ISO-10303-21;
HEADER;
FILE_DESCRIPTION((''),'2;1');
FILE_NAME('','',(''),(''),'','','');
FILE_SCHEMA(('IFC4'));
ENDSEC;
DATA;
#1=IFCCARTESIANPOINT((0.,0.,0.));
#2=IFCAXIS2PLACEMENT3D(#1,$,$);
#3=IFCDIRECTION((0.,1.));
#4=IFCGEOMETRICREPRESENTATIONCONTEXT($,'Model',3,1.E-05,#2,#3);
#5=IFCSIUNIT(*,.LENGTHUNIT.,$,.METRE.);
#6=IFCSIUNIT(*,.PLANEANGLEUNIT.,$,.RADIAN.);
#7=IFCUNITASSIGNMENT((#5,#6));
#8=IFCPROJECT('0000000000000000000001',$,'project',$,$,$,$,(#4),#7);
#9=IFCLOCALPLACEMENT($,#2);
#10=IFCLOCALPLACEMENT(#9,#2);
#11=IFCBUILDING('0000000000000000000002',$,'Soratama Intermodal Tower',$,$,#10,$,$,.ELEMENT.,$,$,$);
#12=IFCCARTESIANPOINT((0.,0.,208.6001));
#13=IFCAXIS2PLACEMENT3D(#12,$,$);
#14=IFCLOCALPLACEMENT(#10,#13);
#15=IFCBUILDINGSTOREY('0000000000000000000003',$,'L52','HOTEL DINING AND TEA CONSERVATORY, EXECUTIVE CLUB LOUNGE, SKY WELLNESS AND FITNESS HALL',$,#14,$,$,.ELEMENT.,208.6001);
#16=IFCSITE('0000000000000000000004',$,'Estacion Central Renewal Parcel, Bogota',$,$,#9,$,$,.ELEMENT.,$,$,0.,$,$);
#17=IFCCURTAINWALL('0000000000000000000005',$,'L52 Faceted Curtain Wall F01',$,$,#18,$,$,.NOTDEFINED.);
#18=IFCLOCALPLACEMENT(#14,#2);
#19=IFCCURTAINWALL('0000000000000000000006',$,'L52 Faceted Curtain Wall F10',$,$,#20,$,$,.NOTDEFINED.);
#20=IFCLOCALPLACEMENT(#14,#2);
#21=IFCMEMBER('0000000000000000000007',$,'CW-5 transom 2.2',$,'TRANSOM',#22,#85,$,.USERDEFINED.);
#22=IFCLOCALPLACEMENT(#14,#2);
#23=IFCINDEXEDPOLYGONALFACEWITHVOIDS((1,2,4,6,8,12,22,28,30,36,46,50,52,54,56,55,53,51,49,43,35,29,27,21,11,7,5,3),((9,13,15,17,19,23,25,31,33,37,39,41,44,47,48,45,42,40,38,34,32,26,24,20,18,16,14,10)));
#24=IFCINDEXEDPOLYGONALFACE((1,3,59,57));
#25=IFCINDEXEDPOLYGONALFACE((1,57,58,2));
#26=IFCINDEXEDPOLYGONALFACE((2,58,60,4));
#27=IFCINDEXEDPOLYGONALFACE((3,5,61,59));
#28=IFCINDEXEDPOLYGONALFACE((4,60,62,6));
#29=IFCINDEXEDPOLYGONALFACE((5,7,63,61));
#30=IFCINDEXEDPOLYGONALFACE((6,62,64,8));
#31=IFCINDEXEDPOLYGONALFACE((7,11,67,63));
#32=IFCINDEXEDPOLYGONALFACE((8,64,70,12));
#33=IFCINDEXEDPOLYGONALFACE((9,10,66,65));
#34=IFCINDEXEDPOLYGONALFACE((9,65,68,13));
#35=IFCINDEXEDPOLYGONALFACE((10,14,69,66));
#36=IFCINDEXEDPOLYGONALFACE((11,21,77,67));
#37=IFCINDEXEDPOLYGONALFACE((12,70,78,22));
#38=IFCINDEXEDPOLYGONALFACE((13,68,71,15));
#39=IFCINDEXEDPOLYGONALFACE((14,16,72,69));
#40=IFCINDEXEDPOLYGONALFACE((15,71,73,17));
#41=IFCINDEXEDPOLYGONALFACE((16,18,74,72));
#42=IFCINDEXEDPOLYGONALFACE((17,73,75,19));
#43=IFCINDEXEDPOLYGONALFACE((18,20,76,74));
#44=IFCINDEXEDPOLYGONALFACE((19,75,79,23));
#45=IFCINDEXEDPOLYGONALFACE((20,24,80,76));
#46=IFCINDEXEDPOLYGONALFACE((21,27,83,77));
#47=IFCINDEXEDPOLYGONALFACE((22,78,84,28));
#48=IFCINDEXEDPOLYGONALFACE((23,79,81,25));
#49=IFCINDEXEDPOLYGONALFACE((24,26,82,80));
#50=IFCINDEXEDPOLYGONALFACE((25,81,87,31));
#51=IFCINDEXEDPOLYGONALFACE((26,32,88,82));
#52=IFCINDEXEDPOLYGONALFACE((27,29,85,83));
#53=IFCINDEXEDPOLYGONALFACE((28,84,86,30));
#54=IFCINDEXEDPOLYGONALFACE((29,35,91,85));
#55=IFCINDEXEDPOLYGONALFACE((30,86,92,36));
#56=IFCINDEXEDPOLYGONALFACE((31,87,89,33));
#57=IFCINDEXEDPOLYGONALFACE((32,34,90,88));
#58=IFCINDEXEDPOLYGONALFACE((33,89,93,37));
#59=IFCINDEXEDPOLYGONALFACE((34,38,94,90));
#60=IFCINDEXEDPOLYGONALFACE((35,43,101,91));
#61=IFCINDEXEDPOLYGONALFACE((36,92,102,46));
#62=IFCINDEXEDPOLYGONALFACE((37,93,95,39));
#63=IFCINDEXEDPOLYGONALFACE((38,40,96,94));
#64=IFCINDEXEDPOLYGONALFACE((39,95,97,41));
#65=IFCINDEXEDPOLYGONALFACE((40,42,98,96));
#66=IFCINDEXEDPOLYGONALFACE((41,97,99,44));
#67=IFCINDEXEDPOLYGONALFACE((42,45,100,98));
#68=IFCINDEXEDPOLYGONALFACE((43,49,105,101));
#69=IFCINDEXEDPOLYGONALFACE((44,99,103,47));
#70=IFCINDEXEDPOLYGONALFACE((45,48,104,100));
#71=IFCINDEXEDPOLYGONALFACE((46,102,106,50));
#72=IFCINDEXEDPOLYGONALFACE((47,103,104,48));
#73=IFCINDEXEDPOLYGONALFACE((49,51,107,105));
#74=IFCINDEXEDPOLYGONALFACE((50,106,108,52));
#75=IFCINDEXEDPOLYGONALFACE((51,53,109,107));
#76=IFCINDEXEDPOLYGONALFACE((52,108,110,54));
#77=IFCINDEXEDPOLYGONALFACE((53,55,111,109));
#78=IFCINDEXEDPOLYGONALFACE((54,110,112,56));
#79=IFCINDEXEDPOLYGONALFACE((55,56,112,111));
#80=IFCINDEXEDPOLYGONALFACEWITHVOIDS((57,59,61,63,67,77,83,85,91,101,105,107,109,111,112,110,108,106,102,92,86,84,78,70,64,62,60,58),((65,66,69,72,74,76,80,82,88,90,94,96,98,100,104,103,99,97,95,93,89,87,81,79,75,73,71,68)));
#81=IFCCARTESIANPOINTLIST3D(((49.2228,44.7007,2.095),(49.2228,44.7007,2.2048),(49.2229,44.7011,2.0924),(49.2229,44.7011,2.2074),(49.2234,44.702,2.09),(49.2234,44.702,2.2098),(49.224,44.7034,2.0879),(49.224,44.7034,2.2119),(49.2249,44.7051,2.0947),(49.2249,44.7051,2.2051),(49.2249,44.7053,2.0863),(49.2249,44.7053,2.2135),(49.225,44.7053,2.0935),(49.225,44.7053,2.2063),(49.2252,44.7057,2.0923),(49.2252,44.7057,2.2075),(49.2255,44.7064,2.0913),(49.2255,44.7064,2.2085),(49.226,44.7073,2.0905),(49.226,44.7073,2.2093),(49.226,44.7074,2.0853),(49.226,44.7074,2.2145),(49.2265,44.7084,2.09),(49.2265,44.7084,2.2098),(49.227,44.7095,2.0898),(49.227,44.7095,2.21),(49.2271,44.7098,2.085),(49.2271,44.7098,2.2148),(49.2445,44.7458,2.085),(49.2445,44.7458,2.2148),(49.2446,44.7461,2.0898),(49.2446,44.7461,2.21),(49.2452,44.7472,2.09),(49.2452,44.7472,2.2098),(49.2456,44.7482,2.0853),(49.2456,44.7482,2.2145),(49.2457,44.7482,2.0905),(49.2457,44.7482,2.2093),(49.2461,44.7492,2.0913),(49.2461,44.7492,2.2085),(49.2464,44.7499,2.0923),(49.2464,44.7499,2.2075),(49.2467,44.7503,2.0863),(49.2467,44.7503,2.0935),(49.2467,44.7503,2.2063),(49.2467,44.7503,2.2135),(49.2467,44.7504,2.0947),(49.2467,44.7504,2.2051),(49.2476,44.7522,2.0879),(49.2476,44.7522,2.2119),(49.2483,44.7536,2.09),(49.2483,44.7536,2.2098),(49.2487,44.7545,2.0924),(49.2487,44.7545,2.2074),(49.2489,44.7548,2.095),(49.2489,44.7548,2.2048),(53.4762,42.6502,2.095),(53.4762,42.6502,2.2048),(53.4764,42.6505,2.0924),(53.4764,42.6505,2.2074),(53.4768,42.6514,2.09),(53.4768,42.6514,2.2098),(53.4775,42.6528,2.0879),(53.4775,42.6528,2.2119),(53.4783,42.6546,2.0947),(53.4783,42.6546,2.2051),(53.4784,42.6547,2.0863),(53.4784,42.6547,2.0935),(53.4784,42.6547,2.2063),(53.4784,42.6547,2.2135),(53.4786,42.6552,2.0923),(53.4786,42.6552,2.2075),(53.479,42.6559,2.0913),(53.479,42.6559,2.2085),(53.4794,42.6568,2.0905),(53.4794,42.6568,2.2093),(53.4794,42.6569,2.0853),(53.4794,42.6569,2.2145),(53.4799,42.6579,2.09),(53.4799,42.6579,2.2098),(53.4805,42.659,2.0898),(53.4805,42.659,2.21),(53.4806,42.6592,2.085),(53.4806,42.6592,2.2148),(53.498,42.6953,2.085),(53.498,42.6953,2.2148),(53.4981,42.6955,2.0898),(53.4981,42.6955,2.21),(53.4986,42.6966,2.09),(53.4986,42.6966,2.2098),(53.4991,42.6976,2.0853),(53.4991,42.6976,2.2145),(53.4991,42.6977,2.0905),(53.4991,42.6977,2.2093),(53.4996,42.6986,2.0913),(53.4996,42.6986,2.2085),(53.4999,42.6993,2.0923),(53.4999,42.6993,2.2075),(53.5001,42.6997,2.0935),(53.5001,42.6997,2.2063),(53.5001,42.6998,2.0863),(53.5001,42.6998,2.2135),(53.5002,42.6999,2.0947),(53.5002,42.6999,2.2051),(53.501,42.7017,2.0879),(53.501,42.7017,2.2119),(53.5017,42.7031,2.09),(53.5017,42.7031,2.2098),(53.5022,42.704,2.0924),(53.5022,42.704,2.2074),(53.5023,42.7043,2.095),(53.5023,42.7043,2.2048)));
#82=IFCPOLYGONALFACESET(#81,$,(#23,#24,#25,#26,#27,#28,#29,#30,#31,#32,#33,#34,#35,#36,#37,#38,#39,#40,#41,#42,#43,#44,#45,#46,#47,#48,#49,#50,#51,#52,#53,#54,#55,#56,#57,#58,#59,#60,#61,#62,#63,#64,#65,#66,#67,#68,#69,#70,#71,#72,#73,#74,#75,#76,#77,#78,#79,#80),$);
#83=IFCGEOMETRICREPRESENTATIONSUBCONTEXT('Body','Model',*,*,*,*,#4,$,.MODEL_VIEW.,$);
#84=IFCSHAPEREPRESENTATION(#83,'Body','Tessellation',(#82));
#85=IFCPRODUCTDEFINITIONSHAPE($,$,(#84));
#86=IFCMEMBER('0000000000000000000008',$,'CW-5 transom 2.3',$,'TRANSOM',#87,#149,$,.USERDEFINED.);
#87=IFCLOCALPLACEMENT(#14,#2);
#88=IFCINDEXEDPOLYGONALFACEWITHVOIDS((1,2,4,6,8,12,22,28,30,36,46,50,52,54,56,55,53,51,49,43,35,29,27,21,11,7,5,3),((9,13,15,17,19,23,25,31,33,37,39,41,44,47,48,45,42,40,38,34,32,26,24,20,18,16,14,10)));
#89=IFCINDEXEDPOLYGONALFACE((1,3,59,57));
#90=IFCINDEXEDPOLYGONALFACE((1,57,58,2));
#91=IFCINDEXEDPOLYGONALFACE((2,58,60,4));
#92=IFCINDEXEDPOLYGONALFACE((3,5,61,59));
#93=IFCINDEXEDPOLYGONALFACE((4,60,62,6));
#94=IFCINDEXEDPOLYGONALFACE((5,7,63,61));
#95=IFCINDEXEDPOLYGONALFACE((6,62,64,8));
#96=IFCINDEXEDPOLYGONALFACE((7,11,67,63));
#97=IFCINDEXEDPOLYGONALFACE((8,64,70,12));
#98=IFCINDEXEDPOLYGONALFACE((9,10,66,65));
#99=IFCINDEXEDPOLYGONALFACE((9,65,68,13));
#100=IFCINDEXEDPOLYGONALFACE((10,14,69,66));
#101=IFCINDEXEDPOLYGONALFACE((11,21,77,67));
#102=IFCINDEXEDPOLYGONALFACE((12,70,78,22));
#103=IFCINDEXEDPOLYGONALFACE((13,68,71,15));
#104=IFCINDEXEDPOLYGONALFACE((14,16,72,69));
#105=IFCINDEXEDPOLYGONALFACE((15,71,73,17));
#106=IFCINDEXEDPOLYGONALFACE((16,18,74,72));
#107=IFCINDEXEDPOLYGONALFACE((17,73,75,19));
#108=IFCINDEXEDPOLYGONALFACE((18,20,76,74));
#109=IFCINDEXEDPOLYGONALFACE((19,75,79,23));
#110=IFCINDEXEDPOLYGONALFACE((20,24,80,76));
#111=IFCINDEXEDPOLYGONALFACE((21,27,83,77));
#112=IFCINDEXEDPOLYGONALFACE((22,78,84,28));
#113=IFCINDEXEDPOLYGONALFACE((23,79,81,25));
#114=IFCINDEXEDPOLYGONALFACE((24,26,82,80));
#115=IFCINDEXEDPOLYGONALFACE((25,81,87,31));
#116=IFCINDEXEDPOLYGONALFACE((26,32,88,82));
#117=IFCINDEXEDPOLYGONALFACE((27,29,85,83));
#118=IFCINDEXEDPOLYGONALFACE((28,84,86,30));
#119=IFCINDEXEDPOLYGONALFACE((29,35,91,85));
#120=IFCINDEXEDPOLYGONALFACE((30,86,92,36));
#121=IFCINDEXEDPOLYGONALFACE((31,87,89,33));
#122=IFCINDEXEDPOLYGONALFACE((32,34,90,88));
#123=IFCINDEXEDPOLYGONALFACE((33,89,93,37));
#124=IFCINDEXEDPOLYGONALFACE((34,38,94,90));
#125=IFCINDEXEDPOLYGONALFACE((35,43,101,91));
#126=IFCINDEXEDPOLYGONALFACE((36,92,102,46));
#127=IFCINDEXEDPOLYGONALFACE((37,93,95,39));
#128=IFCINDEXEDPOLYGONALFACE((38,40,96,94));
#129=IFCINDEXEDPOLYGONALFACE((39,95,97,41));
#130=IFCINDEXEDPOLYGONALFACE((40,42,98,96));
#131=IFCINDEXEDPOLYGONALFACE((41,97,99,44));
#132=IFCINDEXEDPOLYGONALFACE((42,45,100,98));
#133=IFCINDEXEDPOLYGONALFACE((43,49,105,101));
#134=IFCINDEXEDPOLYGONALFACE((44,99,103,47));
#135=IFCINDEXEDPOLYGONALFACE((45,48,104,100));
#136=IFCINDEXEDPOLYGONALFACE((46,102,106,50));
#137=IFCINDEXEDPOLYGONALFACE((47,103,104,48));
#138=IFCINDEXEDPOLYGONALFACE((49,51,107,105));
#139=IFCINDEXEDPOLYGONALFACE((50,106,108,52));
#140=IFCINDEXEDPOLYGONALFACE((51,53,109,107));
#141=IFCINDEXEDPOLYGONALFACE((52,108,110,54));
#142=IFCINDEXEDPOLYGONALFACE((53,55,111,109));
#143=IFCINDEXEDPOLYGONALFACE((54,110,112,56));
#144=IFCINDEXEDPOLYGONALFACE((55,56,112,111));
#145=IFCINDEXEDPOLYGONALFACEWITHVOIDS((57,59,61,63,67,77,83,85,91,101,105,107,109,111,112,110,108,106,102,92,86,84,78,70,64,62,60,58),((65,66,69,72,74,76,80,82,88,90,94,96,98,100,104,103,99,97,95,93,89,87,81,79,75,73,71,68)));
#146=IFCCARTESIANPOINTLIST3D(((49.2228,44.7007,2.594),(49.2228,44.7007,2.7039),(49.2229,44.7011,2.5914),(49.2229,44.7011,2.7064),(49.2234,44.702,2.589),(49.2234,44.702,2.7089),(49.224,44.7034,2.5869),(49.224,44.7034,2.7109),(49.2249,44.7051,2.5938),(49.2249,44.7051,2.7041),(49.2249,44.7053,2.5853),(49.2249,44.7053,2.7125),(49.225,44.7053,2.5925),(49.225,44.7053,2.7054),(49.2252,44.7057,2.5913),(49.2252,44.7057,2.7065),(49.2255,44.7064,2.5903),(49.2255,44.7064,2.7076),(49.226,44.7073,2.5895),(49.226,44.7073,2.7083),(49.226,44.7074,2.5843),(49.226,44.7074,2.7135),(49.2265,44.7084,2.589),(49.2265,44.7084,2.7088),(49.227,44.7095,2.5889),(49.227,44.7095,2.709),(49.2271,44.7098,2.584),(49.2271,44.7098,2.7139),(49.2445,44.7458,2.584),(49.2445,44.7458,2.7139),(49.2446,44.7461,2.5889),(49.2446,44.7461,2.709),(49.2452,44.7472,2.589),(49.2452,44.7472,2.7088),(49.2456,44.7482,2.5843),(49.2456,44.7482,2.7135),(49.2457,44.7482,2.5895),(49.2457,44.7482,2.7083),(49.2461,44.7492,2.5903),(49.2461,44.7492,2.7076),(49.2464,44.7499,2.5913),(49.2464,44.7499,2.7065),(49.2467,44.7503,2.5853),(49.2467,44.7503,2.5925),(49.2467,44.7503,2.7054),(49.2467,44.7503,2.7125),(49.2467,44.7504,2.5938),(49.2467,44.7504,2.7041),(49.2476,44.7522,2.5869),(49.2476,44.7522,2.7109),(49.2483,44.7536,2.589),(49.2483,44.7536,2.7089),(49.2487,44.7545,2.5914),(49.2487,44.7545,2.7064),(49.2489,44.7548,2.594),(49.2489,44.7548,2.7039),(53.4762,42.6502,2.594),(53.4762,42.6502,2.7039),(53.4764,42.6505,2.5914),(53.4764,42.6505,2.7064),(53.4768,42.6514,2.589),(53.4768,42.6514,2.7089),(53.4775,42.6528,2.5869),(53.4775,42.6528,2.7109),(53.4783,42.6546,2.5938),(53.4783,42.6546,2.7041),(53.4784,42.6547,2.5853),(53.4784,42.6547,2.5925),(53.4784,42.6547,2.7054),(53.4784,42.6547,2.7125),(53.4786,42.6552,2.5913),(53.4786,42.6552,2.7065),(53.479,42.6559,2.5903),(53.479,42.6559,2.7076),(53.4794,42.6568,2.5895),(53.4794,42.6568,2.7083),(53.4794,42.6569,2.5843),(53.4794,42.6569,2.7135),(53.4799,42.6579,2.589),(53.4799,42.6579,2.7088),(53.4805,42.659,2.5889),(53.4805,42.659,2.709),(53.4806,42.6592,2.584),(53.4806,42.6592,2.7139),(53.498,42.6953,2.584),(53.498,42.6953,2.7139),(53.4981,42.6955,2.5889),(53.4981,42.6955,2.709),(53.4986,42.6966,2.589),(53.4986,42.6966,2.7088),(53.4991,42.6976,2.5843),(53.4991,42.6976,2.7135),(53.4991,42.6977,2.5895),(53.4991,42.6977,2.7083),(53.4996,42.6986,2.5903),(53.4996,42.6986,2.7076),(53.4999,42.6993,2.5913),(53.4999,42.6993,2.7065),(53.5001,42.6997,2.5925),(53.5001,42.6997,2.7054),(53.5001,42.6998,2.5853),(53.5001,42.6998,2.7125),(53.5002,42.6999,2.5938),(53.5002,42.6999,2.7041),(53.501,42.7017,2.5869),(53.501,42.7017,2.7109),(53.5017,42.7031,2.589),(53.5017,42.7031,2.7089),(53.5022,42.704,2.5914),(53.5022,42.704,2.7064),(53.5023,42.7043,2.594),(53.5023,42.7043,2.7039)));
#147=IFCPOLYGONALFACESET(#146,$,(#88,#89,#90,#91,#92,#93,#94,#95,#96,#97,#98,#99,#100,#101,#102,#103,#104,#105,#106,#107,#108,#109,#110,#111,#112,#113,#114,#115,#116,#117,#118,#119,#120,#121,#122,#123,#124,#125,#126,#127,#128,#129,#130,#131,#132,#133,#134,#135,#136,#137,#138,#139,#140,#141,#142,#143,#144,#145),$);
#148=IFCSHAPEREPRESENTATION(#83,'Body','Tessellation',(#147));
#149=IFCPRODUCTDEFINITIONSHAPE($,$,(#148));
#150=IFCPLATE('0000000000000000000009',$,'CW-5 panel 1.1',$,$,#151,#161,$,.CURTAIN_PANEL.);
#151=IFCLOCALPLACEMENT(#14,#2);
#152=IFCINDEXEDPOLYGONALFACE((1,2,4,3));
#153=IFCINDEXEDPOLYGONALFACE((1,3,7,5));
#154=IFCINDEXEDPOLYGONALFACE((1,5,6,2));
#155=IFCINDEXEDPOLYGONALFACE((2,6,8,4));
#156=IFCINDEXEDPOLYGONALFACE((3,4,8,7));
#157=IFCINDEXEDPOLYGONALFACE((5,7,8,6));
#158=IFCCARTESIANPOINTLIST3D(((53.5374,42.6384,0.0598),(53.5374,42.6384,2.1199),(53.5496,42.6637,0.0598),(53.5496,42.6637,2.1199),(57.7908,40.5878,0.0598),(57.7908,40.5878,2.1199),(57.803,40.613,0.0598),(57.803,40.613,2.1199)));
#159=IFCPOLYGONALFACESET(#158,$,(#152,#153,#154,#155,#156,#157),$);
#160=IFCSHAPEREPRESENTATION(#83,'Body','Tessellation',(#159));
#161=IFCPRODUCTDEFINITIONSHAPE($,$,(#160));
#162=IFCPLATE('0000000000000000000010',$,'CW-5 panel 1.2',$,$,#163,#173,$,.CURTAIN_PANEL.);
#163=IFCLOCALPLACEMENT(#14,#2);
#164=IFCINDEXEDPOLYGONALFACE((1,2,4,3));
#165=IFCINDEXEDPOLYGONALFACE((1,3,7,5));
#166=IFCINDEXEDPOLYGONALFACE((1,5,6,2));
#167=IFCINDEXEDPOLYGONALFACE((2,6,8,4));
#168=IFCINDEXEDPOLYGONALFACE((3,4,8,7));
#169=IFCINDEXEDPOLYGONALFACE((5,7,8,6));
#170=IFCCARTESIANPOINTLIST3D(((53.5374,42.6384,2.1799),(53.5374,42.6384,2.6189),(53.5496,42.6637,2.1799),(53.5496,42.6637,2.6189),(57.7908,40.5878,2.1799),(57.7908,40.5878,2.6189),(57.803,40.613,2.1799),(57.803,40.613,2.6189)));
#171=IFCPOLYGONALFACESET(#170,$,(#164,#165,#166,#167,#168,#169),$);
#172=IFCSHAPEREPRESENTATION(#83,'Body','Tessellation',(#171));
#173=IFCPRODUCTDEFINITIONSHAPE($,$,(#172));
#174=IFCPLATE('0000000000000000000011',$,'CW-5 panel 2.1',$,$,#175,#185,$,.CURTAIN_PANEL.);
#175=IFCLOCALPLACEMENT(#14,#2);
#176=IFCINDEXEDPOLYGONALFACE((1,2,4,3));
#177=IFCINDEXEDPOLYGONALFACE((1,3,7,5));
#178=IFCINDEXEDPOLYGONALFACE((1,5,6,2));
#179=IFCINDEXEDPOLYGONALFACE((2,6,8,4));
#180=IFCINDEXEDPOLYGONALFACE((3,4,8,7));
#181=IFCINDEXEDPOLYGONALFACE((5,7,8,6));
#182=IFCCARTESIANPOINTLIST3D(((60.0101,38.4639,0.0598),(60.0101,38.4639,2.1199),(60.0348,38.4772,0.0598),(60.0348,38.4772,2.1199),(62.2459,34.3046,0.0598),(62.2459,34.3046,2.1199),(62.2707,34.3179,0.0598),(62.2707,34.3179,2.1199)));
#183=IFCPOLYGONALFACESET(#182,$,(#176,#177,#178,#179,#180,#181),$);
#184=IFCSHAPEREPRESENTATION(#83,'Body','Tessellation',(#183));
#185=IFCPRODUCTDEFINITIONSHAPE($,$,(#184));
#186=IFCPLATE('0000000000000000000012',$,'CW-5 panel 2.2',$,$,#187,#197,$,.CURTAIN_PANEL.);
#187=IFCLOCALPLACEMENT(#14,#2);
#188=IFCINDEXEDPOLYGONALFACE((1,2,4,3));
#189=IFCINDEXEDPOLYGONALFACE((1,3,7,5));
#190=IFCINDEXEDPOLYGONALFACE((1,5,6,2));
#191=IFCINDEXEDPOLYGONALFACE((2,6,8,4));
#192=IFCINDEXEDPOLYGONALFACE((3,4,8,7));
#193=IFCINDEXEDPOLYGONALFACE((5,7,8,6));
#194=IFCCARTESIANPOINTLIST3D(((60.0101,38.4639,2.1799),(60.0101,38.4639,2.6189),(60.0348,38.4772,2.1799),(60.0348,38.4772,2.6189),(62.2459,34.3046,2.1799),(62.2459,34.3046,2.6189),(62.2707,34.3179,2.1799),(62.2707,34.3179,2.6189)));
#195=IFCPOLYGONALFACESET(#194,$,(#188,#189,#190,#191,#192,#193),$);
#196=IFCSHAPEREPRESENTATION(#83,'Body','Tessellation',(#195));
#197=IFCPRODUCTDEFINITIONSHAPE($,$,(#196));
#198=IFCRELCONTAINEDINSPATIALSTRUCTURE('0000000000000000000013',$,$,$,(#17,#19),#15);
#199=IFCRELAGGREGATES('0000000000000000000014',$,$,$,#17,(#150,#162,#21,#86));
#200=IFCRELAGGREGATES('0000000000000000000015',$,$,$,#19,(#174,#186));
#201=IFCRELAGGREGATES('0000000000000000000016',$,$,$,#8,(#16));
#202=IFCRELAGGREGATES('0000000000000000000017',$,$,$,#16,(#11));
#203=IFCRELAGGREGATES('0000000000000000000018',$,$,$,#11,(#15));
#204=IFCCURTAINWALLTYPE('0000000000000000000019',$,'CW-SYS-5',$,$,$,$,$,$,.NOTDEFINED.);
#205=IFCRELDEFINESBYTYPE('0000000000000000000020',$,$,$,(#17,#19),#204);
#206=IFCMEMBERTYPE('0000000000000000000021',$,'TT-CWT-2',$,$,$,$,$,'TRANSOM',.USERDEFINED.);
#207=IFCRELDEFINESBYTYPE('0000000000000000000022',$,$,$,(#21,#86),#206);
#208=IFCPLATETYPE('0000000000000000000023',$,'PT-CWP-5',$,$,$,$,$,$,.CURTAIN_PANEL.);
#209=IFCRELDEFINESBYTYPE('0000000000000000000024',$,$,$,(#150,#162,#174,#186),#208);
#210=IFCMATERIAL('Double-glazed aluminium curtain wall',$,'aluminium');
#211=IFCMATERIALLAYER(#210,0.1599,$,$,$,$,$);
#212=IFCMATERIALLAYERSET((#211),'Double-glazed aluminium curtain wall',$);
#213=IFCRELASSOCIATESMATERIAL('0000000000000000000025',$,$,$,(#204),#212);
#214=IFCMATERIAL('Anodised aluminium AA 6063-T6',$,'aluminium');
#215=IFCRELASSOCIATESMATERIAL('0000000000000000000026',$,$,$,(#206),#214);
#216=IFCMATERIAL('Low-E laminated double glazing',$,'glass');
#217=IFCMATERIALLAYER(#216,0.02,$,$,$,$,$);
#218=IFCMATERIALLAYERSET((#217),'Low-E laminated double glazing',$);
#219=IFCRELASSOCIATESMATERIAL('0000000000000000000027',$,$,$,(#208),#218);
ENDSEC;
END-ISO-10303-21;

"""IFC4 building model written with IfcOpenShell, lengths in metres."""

from ifc_helpers import new_model, si_unit, direction, frame, origin, origin_2d, place, context, subcontext, project, spatial, rectangle, hollow_rectangle, extrude, material, layer, layer_set, material_profile, profile_set, type_object, element, aggregate, save


model = new_model("IFC4")

# Units and contexts
model_context = context("Model", 3, precision=1e-05, world=origin(), true_north=direction((0.0, 1.0)))
body_context = subcontext(model_context, "Body", "Model", "MODEL_VIEW")
ifc_project = project(units=[si_unit("LENGTHUNIT", "METRE"), si_unit("PLANEANGLEUNIT", "RADIAN")], contexts=[model_context])

# Site, building, storey
site_placement = place(None, origin())
site = spatial("IfcSite", under=ifc_project, at=site_placement, Name="Estacion Central Renewal Parcel, Bogota", CompositionType="ELEMENT", RefElevation=0.0)
building_placement = place(site_placement, origin())
building = spatial("IfcBuilding", under=site, at=building_placement, Name="Soratama Intermodal Tower", CompositionType="ELEMENT")
storey_placement = place(building_placement, frame((0.0, 0.0, 208.6001)))
storey = spatial("IfcBuildingStorey", under=building, at=storey_placement, Name="L52", Description="HOTEL DINING AND TEA CONSERVATORY, EXECUTIVE CLUB LOUNGE, SKY WELLNESS AND FITNESS HALL", CompositionType="ELEMENT", Elevation=208.6001)

# Curtain wall
ifc_material_1 = material(Name="Double-glazed aluminium curtain wall", Category="aluminium")
ifc_layer_1 = layer(ifc_material_1, 0.1599)
ifc_layer_set_1 = layer_set([ifc_layer_1], Name="Double-glazed aluminium curtain wall")
curtain_wall_type = type_object("IfcCurtainWallType", Name="CW-SYS-5", PredefinedType="NOTDEFINED", material=ifc_layer_set_1)
curtain_wall_1_placement = place(storey_placement, origin())
curtain_wall_1 = element("IfcCurtainWall", 1, at=curtain_wall_1_placement, inside=storey, type_object=curtain_wall_type, Name="L52 Faceted Curtain Wall F01", PredefinedType="NOTDEFINED")

# Curtain wall
curtain_wall_2_placement = place(storey_placement, origin())
curtain_wall_2 = element("IfcCurtainWall", 2, at=curtain_wall_2_placement, inside=storey, type_object=curtain_wall_type, Name="L52 Faceted Curtain Wall F10", PredefinedType="NOTDEFINED")

# Members
ifc_material_2 = material(Name="Anodised aluminium AA 6063-T6", Category="aluminium")
ifc_material_profile_1 = material_profile(ifc_material_2, hollow_rectangle(XDim=0.0601, YDim=0.1299, WallThickness=0.0049, InnerFilletRadius=0.0049, OuterFilletRadius=0.01, at=origin_2d()), Name="CWT130X60X5")
ifc_profile_set_1 = profile_set([ifc_material_profile_1], Name="Anodised aluminium AA 6063-T6")
member_type_1 = type_object("IfcMemberType", Name="TT-CWT-2", ElementType="TRANSOM", PredefinedType="USERDEFINED", material=ifc_profile_set_1)
member_1_placement = place(storey_placement, frame((53.4893, 42.6772, 2.1499), z_axis=(-0.900787, 0.434262, 0.0), x_axis=(-0.434262, -0.900787, 0.0)))
member_1 = element("IfcMember", 3, at=member_1_placement, type_object=member_type_1, Name="CW-5 transom 2.2", ObjectType="TRANSOM", PredefinedType="USERDEFINED", context=body_context, shape_type="SweptSolid", body=[
    extrude(hollow_rectangle(XDim=0.0601, YDim=0.1299, WallThickness=0.0049, InnerFilletRadius=0.0049, OuterFilletRadius=0.01, at=origin_2d()), origin(), (0.0, 0.0, 1.0), 4.7219),
])
member_2_placement = place(storey_placement, frame((53.4893, 42.6772, 2.6489), z_axis=(-0.900787, 0.434262, 0.0), x_axis=(-0.434262, -0.900787, 0.0)))
member_2 = element("IfcMember", 4, at=member_2_placement, type_object=member_type_1, Name="CW-5 transom 2.3", ObjectType="TRANSOM", PredefinedType="USERDEFINED", context=body_context, shape_type="SweptSolid", body=[
    extrude(hollow_rectangle(XDim=0.0601, YDim=0.1299, WallThickness=0.0049, InnerFilletRadius=0.0049, OuterFilletRadius=0.01, at=origin_2d()), origin(), (0.0, 0.0, 1.0), 4.7219),
])

# Plates
ifc_material_3 = material(Name="Low-E laminated double glazing", Category="glass")
ifc_layer_2 = layer(ifc_material_3, 0.02)
ifc_layer_set_2 = layer_set([ifc_layer_2], Name="Low-E laminated double glazing")
plate_type = type_object("IfcPlateType", Name="PT-CWP-5", PredefinedType="CURTAIN_PANEL", material=ifc_layer_set_2)
plate_1_placement = place(storey_placement, frame((55.6702, 41.6257, 0.0598), z_axis=(0.0, 0.0, 1.0), x_axis=(-0.900775, 0.434287, 0.0)))
plate_1 = element("IfcPlate", 5, at=plate_1_placement, type_object=plate_type, Name="CW-5 panel 1.1", PredefinedType="CURTAIN_PANEL", context=body_context, shape_type="SweptSolid", body=[
    extrude(rectangle(XDim=4.7219, YDim=0.0281, at=origin_2d()), origin(), (0.0, 0.0, 1.0), 2.0601),
])
plate_2_placement = place(storey_placement, frame((55.6702, 41.6257, 2.1799), z_axis=(0.0, 0.0, 1.0), x_axis=(-0.900775, 0.434287, 0.0)))
plate_2 = element("IfcPlate", 6, at=plate_2_placement, type_object=plate_type, Name="CW-5 panel 1.2", PredefinedType="CURTAIN_PANEL", context=body_context, shape_type="SweptSolid", body=[
    extrude(rectangle(XDim=4.7219, YDim=0.0281, at=origin_2d()), origin(), (0.0, 0.0, 1.0), 0.439),
])
aggregate(curtain_wall_1, [plate_1, plate_2, member_1, member_2])
plate_3_placement = place(storey_placement, frame((61.1404, 36.3909, 0.0598), z_axis=(0.0, 0.0, 1.0), x_axis=(-0.473476, 0.880807, 0.0)))
plate_3 = element("IfcPlate", 7, at=plate_3_placement, type_object=plate_type, Name="CW-5 panel 2.1", PredefinedType="CURTAIN_PANEL", context=body_context, shape_type="SweptSolid", body=[
    extrude(rectangle(XDim=4.7222, YDim=0.0281, at=origin_2d()), origin(), (0.0, 0.0, 1.0), 2.0601),
])
plate_4_placement = place(storey_placement, frame((61.1404, 36.3909, 2.1799), z_axis=(0.0, 0.0, 1.0), x_axis=(-0.473476, 0.880807, 0.0)))
plate_4 = element("IfcPlate", 8, at=plate_4_placement, type_object=plate_type, Name="CW-5 panel 2.2", PredefinedType="CURTAIN_PANEL", context=body_context, shape_type="SweptSolid", body=[
    extrude(rectangle(XDim=4.7222, YDim=0.0281, at=origin_2d()), origin(), (0.0, 0.0, 1.0), 0.439),
])
aggregate(curtain_wall_2, [plate_3, plate_4])

save(model, "model.ifc")
